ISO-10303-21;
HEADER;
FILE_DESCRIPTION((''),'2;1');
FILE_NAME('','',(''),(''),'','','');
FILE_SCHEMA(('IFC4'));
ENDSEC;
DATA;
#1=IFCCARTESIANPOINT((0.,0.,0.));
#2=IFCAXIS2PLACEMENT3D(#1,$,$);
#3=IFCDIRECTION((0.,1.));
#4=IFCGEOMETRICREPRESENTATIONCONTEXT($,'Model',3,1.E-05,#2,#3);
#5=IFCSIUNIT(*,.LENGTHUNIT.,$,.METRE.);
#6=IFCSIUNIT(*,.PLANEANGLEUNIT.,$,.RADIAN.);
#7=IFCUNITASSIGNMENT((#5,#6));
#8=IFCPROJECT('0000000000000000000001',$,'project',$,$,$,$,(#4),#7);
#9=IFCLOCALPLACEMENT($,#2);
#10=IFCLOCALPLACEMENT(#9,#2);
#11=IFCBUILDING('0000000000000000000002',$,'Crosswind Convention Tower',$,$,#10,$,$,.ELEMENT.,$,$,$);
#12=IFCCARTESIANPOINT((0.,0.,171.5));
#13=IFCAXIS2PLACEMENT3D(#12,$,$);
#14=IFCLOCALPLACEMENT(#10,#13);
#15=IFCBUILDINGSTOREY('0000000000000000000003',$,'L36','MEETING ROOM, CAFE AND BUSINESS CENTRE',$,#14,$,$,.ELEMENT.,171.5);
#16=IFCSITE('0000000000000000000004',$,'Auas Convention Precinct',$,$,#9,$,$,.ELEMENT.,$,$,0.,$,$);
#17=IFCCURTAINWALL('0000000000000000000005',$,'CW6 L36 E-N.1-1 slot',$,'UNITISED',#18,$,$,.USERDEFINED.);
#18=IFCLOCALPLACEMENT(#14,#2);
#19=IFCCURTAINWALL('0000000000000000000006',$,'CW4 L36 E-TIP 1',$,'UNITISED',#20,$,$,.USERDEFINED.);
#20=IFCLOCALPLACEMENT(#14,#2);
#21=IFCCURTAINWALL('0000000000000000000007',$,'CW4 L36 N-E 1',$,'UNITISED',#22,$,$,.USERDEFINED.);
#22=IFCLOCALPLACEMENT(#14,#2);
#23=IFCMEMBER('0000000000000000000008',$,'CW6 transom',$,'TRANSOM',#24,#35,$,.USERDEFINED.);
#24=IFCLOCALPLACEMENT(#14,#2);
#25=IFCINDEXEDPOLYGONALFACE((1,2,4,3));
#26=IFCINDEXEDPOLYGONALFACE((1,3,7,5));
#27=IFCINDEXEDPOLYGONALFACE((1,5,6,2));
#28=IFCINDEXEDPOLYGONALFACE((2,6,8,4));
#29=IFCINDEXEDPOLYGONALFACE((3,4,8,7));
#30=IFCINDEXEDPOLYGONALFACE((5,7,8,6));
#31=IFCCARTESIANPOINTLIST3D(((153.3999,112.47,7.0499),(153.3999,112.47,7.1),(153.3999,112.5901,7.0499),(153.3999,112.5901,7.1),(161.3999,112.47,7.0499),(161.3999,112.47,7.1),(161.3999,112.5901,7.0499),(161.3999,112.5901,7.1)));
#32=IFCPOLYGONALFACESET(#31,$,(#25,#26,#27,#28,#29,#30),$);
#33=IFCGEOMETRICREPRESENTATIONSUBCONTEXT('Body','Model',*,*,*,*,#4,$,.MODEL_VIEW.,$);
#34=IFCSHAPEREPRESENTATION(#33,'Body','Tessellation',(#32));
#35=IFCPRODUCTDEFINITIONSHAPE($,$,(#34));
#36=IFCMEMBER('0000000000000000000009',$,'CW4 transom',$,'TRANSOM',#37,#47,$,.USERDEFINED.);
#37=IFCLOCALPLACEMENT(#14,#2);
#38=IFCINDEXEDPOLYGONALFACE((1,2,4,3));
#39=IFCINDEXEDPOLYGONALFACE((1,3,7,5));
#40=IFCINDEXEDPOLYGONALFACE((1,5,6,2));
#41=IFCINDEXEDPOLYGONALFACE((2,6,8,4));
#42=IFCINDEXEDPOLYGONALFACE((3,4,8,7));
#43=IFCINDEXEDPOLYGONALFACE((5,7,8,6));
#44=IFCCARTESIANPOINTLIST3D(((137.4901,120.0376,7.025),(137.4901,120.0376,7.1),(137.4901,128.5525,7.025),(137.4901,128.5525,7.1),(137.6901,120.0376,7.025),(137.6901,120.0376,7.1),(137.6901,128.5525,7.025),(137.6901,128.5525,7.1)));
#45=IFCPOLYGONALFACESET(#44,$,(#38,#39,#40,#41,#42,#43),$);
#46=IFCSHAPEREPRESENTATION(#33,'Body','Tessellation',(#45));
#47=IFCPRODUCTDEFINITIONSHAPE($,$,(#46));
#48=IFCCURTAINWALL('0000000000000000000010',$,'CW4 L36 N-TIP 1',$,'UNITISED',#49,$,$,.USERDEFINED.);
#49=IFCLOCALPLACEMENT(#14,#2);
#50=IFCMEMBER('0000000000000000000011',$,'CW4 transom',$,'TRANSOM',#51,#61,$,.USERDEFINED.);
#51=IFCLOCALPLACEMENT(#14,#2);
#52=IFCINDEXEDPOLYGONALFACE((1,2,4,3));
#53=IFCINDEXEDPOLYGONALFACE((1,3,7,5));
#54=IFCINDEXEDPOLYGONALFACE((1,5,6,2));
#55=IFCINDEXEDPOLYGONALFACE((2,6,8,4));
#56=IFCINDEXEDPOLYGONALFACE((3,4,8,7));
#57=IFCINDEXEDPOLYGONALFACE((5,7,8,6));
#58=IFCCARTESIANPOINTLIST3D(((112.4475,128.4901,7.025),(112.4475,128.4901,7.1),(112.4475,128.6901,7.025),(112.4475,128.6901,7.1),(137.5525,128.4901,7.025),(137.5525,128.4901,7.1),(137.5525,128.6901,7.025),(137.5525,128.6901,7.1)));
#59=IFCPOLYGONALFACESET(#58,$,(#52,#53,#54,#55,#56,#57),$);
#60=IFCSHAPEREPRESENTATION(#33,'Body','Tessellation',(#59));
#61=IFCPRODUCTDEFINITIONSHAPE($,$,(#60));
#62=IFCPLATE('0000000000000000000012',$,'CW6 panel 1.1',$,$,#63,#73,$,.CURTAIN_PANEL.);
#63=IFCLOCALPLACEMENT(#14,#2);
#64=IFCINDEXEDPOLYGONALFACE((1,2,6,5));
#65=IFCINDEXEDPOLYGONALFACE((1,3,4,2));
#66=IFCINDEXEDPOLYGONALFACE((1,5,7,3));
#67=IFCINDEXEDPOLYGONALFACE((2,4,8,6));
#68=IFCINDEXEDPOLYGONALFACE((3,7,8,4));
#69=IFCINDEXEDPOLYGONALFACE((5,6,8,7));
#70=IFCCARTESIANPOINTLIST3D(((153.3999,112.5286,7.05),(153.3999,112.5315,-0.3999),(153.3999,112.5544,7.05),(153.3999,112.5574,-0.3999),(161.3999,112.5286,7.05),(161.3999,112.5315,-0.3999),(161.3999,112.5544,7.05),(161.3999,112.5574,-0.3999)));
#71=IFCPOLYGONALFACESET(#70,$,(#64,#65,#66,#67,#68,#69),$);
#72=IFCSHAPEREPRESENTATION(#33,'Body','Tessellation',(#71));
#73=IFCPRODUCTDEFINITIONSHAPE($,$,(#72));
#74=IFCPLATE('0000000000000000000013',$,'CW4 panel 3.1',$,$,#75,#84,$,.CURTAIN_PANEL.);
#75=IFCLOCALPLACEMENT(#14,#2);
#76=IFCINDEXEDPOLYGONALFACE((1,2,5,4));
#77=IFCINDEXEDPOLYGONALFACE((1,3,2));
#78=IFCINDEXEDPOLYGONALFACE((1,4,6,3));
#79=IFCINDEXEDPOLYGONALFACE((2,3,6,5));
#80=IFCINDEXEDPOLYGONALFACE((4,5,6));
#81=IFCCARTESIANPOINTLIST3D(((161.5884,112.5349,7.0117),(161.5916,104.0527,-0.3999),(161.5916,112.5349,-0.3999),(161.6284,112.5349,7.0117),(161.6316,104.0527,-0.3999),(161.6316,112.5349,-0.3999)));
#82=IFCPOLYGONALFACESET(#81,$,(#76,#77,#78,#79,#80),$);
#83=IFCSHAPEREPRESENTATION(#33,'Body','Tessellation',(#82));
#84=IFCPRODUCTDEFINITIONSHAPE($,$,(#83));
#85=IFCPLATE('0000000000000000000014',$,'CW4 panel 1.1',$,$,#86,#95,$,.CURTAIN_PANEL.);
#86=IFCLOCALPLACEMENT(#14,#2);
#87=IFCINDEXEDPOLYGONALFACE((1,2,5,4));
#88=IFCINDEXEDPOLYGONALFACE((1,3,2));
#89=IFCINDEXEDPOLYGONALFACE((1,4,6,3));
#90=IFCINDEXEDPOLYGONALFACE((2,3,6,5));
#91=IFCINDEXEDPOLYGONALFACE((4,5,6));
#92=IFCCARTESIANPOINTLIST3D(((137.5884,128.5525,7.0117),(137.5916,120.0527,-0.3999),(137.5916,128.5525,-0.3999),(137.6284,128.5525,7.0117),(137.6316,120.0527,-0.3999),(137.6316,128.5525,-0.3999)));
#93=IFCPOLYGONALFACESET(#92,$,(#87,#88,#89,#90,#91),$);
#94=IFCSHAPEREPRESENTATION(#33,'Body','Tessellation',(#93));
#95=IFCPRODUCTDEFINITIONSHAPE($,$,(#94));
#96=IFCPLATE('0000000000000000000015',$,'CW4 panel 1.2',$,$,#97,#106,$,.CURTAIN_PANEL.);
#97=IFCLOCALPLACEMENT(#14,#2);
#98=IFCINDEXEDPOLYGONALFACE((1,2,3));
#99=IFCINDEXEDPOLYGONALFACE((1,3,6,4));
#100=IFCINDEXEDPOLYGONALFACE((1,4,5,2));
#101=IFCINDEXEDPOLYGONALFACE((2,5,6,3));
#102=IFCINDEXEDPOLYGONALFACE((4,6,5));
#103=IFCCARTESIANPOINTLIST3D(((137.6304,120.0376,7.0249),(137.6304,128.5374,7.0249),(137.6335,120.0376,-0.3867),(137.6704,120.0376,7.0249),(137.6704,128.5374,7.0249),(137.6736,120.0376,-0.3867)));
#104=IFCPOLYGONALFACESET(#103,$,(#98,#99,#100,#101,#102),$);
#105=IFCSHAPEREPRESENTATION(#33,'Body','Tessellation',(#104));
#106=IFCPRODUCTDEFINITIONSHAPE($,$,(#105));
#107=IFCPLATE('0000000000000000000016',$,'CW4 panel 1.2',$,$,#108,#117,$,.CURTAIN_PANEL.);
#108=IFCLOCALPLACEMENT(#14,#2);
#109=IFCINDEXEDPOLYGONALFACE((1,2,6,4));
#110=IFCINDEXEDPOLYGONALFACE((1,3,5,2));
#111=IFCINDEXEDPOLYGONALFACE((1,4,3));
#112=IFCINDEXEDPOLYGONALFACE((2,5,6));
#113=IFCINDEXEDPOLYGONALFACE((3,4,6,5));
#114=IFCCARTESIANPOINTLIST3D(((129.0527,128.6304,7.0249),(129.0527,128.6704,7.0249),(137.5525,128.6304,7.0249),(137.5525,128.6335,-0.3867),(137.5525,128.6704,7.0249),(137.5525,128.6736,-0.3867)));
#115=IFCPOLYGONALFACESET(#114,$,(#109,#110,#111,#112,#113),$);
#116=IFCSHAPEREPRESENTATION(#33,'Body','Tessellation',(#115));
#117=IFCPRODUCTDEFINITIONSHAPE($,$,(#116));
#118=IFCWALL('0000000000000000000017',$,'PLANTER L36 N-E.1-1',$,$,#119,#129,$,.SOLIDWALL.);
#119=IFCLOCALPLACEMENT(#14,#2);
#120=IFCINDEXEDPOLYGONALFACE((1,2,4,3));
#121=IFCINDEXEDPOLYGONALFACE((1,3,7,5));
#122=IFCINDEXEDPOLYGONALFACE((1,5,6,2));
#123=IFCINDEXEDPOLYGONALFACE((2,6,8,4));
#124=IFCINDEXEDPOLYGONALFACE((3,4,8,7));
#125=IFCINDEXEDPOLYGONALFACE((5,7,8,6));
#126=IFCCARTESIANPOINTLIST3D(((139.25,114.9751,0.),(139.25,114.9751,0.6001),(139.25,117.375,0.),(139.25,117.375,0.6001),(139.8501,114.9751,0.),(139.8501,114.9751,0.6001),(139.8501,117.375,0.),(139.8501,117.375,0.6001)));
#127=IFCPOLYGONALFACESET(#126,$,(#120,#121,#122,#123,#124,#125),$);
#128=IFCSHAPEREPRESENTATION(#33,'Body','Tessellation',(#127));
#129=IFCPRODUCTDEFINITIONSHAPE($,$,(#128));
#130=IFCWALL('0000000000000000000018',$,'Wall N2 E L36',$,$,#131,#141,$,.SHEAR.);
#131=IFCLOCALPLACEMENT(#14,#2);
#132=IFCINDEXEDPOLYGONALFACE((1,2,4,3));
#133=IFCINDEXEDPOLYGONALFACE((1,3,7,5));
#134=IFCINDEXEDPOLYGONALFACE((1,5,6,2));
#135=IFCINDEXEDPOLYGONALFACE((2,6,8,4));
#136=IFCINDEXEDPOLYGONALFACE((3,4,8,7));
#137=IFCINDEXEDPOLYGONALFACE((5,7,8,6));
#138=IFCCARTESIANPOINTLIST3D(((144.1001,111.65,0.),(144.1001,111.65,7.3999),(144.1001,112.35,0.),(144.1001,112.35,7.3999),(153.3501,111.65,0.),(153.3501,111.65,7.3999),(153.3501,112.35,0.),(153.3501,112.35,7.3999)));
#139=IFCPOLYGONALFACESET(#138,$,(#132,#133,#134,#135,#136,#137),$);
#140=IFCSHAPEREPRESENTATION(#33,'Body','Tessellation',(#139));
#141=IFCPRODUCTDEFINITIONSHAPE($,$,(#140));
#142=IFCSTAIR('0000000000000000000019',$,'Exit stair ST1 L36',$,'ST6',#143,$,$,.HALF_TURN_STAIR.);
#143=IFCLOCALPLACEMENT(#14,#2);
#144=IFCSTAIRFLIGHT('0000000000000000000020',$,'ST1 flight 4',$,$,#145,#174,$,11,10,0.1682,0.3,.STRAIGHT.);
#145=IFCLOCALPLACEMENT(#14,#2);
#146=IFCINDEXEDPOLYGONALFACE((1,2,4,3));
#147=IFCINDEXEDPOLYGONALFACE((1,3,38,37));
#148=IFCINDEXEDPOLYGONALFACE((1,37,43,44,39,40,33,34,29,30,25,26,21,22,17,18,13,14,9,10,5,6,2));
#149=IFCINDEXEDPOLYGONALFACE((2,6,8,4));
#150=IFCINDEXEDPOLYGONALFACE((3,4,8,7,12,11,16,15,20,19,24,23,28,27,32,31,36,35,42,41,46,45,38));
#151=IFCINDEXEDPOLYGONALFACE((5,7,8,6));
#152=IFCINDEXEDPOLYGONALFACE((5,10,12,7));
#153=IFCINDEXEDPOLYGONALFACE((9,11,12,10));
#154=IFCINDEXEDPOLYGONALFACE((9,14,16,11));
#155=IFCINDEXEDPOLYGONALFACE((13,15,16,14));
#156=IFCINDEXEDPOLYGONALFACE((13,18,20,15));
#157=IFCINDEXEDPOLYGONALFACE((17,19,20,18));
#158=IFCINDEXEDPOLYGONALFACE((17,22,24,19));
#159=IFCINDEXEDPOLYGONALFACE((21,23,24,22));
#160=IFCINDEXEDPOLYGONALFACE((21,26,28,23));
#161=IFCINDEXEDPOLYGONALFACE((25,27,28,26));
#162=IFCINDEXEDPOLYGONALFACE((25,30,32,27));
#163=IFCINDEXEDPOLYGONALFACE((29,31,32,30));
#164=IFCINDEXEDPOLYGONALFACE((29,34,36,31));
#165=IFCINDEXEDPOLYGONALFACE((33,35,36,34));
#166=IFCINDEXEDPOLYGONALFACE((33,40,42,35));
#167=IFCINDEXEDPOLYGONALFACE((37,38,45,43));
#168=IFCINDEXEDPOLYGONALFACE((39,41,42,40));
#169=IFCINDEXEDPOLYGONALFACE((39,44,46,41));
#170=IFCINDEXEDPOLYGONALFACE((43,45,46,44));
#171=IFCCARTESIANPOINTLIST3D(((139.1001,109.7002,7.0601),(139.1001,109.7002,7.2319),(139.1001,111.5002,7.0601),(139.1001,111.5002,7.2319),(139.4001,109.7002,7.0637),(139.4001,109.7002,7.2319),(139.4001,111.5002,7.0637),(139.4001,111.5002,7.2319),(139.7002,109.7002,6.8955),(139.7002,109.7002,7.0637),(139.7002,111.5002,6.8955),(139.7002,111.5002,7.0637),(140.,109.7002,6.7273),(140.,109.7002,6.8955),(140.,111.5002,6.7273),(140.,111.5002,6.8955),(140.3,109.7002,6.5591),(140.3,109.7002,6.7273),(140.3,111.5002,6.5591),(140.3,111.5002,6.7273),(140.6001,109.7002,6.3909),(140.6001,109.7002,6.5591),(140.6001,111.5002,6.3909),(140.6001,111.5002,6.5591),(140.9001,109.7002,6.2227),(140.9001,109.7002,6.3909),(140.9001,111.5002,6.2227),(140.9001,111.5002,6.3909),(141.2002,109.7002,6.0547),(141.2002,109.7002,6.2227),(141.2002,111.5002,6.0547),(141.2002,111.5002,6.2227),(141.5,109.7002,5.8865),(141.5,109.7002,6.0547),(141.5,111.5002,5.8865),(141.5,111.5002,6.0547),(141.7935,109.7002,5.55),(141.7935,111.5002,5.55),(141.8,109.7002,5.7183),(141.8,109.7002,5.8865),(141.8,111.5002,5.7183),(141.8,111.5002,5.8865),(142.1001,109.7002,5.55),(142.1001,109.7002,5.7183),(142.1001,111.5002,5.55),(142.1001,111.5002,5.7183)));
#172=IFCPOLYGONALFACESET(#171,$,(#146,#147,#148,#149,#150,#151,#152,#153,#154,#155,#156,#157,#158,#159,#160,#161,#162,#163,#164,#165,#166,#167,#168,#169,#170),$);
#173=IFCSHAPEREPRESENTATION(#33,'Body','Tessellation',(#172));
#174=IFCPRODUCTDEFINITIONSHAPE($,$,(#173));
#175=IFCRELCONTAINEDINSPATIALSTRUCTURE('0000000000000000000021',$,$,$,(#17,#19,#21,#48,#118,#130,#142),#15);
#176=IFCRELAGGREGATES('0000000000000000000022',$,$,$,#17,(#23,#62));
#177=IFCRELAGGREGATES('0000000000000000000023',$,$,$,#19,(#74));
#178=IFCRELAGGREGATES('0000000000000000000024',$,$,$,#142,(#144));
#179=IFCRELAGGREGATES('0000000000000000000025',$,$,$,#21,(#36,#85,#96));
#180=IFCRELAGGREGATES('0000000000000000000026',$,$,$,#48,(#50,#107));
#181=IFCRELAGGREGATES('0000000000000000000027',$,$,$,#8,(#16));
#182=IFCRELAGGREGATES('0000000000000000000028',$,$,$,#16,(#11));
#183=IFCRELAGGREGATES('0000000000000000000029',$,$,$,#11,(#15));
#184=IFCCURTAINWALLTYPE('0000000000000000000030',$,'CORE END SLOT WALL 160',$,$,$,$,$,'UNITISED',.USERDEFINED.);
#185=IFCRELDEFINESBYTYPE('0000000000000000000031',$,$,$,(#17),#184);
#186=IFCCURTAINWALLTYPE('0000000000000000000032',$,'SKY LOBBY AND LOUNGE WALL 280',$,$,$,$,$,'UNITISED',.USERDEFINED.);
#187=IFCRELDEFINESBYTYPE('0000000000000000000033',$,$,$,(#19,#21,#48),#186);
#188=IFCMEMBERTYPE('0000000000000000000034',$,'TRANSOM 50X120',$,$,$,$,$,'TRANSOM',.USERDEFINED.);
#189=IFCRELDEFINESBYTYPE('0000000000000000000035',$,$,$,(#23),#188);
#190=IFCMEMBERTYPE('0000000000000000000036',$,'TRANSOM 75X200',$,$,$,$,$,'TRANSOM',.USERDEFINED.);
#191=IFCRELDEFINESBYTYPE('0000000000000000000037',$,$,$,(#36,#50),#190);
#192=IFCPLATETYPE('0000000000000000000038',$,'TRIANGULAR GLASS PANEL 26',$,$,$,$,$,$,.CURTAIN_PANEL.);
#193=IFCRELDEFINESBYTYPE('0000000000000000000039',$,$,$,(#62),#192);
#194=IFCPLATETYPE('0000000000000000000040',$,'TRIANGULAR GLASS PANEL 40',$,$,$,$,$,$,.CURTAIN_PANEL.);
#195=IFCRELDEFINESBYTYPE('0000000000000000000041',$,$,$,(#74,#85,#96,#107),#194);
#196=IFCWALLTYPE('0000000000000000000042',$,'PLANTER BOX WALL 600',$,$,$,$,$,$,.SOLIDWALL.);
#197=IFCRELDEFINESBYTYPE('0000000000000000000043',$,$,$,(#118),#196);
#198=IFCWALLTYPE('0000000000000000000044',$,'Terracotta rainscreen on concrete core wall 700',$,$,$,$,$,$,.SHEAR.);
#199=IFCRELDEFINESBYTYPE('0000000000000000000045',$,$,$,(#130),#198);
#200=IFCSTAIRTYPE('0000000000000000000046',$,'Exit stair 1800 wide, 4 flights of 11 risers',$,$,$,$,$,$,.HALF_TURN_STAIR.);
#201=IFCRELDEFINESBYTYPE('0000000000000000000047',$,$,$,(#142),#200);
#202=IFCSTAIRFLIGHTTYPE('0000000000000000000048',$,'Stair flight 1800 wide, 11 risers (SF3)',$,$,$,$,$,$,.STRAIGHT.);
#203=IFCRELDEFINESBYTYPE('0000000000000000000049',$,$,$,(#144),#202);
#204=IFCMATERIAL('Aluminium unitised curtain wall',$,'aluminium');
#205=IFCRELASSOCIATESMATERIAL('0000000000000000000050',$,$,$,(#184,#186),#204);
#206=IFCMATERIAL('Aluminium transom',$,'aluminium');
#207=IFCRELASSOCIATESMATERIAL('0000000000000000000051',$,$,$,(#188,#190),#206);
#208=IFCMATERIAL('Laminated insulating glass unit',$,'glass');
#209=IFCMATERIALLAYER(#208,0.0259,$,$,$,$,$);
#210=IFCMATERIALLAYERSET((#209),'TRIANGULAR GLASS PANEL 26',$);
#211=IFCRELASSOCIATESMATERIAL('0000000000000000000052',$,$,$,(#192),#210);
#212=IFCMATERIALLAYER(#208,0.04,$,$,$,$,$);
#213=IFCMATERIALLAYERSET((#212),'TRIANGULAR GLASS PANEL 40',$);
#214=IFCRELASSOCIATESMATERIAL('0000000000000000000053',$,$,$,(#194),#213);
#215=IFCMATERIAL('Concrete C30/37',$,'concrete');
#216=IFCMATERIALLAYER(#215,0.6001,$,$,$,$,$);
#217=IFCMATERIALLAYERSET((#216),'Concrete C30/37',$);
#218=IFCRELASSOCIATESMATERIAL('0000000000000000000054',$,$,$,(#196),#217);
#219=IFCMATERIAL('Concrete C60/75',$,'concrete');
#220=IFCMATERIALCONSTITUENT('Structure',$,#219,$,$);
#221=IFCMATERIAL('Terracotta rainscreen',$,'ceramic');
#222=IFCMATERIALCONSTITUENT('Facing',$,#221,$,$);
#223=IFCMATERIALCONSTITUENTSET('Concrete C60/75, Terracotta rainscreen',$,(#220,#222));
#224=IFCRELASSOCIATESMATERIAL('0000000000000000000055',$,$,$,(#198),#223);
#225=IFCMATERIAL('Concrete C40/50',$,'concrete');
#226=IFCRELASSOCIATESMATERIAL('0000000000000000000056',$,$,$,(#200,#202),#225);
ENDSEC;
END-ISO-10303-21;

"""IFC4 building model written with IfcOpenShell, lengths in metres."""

from ifc_helpers import new_model, si_unit, direction, frame, frame_2d, origin, origin_2d, place, context, subcontext, project, spatial, polyline, rectangle, outline, extrude, material, layer, layer_set, constituent, constituent_set, material_profile, profile_set, type_object, element, aggregate, save


model = new_model("IFC4")

# Units and contexts
model_context = context("Model", 3, precision=1e-05, world=origin(), true_north=direction((0.0, 1.0)))
body_context = subcontext(model_context, "Body", "Model", "MODEL_VIEW")
ifc_project = project(units=[si_unit("LENGTHUNIT", "METRE"), si_unit("PLANEANGLEUNIT", "RADIAN")], contexts=[model_context])

# Site, building, storey
site_placement = place(None, origin())
site = spatial("IfcSite", under=ifc_project, at=site_placement, Name="Auas Convention Precinct", CompositionType="ELEMENT", RefElevation=0.0)
building_placement = place(site_placement, origin())
building = spatial("IfcBuilding", under=site, at=building_placement, Name="Crosswind Convention Tower", CompositionType="ELEMENT")
storey_placement = place(building_placement, frame((0.0, 0.0, 171.5)))
storey = spatial("IfcBuildingStorey", under=building, at=storey_placement, Name="L36", Description="MEETING ROOM, CAFE AND BUSINESS CENTRE", CompositionType="ELEMENT", Elevation=171.5)

# Shared definitions
ifc_material_1 = material(Name="Concrete C60/75", Category="concrete")

# Curtain wall
ifc_material_2 = material(Name="Aluminium unitised curtain wall", Category="aluminium")
curtain_wall_type_1 = type_object("IfcCurtainWallType", Name="CORE END SLOT WALL 160", ElementType="UNITISED", PredefinedType="USERDEFINED", material=ifc_material_2)
curtain_wall_1_placement = place(storey_placement, origin())
curtain_wall_1 = element("IfcCurtainWall", 1, at=curtain_wall_1_placement, inside=storey, type_object=curtain_wall_type_1, Name="CW6 L36 E-N.1-1 slot", ObjectType="UNITISED", PredefinedType="USERDEFINED")

# Curtain wall
curtain_wall_type_2 = type_object("IfcCurtainWallType", Name="SKY LOBBY AND LOUNGE WALL 280", ElementType="UNITISED", PredefinedType="USERDEFINED", material=ifc_material_2)
curtain_wall_2_placement = place(storey_placement, origin())
curtain_wall_2 = element("IfcCurtainWall", 2, at=curtain_wall_2_placement, inside=storey, type_object=curtain_wall_type_2, Name="CW4 L36 E-TIP 1", ObjectType="UNITISED", PredefinedType="USERDEFINED")

# Curtain wall
curtain_wall_3_placement = place(storey_placement, origin())
curtain_wall_3 = element("IfcCurtainWall", 3, at=curtain_wall_3_placement, inside=storey, type_object=curtain_wall_type_2, Name="CW4 L36 N-E 1", ObjectType="UNITISED", PredefinedType="USERDEFINED")

# Members
ifc_material_3 = material(Name="Aluminium transom", Category="aluminium")
ifc_material_profile_1 = material_profile(ifc_material_3, rectangle(XDim=0.1201, YDim=0.05, at=origin_2d()), Name="AL 120X50")
ifc_profile_set_1 = profile_set([ifc_material_profile_1], Name="Aluminium transom")
member_type_1 = type_object("IfcMemberType", Name="TRANSOM 50X120", ElementType="TRANSOM", PredefinedType="USERDEFINED", material=ifc_profile_set_1)
member_1_placement = place(storey_placement, frame((161.3999, 112.53, 7.075), z_axis=(-1.0, 0.0, 0.0), x_axis=(0.0, -1.0, 0.0)))
member_1 = element("IfcMember", 4, at=member_1_placement, type_object=member_type_1, Name="CW6 transom", ObjectType="TRANSOM", PredefinedType="USERDEFINED", context=body_context, shape_type="SweptSolid", body=[
    extrude(rectangle(XDim=0.1201, YDim=0.05, at=origin_2d()), origin(), (0.0, 0.0, 1.0), 8.0),
])
ifc_material_profile_2 = material_profile(ifc_material_3, rectangle(XDim=0.2, YDim=0.075, at=origin_2d()), Name="AL 200X75")
ifc_profile_set_2 = profile_set([ifc_material_profile_2], Name="Aluminium transom")
member_type_2 = type_object("IfcMemberType", Name="TRANSOM 75X200", ElementType="TRANSOM", PredefinedType="USERDEFINED", material=ifc_profile_set_2)
member_2_placement = place(storey_placement, frame((137.5901, 120.0376, 7.0625), z_axis=(0.0, 1.0, 0.0), x_axis=(-1.0, 0.0, 0.0)))
member_2 = element("IfcMember", 5, at=member_2_placement, type_object=member_type_2, Name="CW4 transom", ObjectType="TRANSOM", PredefinedType="USERDEFINED", context=body_context, shape_type="SweptSolid", body=[
    extrude(rectangle(XDim=0.2, YDim=0.075, at=origin_2d()), origin(), (0.0, 0.0, 1.0), 8.5149),
])

# Curtain wall, member
curtain_wall_4_placement = place(storey_placement, origin())
curtain_wall_4 = element("IfcCurtainWall", 6, at=curtain_wall_4_placement, inside=storey, type_object=curtain_wall_type_2, Name="CW4 L36 N-TIP 1", ObjectType="UNITISED", PredefinedType="USERDEFINED")
member_3_placement = place(storey_placement, frame((137.5525, 128.5901, 7.0625), z_axis=(-1.0, 0.0, 0.0), x_axis=(0.0, -1.0, 0.0)))
member_3 = element("IfcMember", 7, at=member_3_placement, type_object=member_type_2, Name="CW4 transom", ObjectType="TRANSOM", PredefinedType="USERDEFINED", context=body_context, shape_type="SweptSolid", body=[
    extrude(rectangle(XDim=0.2, YDim=0.075, at=origin_2d()), origin(), (0.0, 0.0, 1.0), 25.105),
])

# Plates
ifc_material_4 = material(Name="Laminated insulating glass unit", Category="glass")
ifc_layer_1 = layer(ifc_material_4, 0.0259)
ifc_layer_set_1 = layer_set([ifc_layer_1], Name="TRIANGULAR GLASS PANEL 26")
plate_type_1 = type_object("IfcPlateType", Name="TRIANGULAR GLASS PANEL 26", PredefinedType="CURTAIN_PANEL", material=ifc_layer_set_1)
plate_1_placement = place(storey_placement, frame((161.3999, 112.5574, -0.3999), z_axis=(0.0, 1.0, 0.000393), x_axis=(-1.0, 0.0, 0.0)))
plate_1 = element("IfcPlate", 8, at=plate_1_placement, type_object=plate_type_1, Name="CW6 panel 1.1", PredefinedType="CURTAIN_PANEL", context=body_context, shape_type="SweptSolid", body=[
    extrude(outline(polyline([(0.0, 0.0), (8.0, 0.0), (8.0, 7.45), (0.0, 7.45), (0.0, 0.0)])), origin(), (0.0, 0.0, -1.0), 0.0259),
])
aggregate(curtain_wall_1, [member_1, plate_1])
ifc_layer_2 = layer(ifc_material_4, 0.04)
ifc_layer_set_2 = layer_set([ifc_layer_2], Name="TRIANGULAR GLASS PANEL 40")
plate_type_2 = type_object("IfcPlateType", Name="TRIANGULAR GLASS PANEL 40", PredefinedType="CURTAIN_PANEL", material=ifc_layer_set_2)
plate_2_placement = place(storey_placement, frame((161.6316, 112.5349, -0.3999), z_axis=(1.0, 0.0, 0.000428), x_axis=(-0.000428, 0.0, 1.0)))
plate_2 = element("IfcPlate", 9, at=plate_2_placement, type_object=plate_type_2, Name="CW4 panel 3.1", PredefinedType="CURTAIN_PANEL", context=body_context, shape_type="SweptSolid", body=[
    extrude(outline(polyline([(0.0, 0.0), (7.4116, 0.0), (0.0, 8.4822), (0.0, 0.0)])), origin(), (0.0, 0.0, -1.0), 0.04),
])
aggregate(curtain_wall_2, [plate_2])
plate_3_placement = place(storey_placement, frame((137.6316, 128.5525, -0.3999), z_axis=(1.0, 0.0, 0.000428), x_axis=(-0.000428, 0.0, 1.0)))
plate_3 = element("IfcPlate", 10, at=plate_3_placement, type_object=plate_type_2, Name="CW4 panel 1.1", PredefinedType="CURTAIN_PANEL", context=body_context, shape_type="SweptSolid", body=[
    extrude(outline(polyline([(0.0, 0.0), (7.4116, 0.0), (0.0, 8.4998), (0.0, 0.0)])), origin(), (0.0, 0.0, -1.0), 0.04),
])
plate_4_placement = place(storey_placement, frame((137.6704, 120.0376, 7.0249), z_axis=(1.0, 0.0, 0.000428), x_axis=(0.000428, 0.0, -1.0)))
plate_4 = element("IfcPlate", 11, at=plate_4_placement, type_object=plate_type_2, Name="CW4 panel 1.2", PredefinedType="CURTAIN_PANEL", context=body_context, shape_type="SweptSolid", body=[
    extrude(outline(polyline([(0.0, 0.0), (7.4116, 0.0), (0.0, 8.4998), (0.0, 0.0)])), origin(), (0.0, 0.0, -1.0), 0.04),
])
plate_5_placement = place(storey_placement, frame((137.5525, 128.6704, 7.0249), z_axis=(0.0, 1.0, 0.000428), x_axis=(0.0, 0.000428, -1.0)))
plate_5 = element("IfcPlate", 12, at=plate_5_placement, type_object=plate_type_2, Name="CW4 panel 1.2", PredefinedType="CURTAIN_PANEL", context=body_context, shape_type="SweptSolid", body=[
    extrude(outline(polyline([(0.0, 0.0), (7.4116, 0.0), (0.0, 8.4998), (0.0, 0.0)])), origin(), (0.0, 0.0, -1.0), 0.04),
])

# Walls
ifc_material_5 = material(Name="Concrete C30/37", Category="concrete")
ifc_layer_3 = layer(ifc_material_5, 0.6001)
ifc_layer_set_3 = layer_set([ifc_layer_3], Name="Concrete C30/37")
wall_type_1 = type_object("IfcWallType", Name="PLANTER BOX WALL 600", PredefinedType="SOLIDWALL", material=ifc_layer_set_3)
wall_1_placement = place(storey_placement, frame((139.55, 114.9751, 0.0), z_axis=(0.0, 0.0, 1.0), x_axis=(0.0, 1.0, 0.0)))
element("IfcWall", 13, at=wall_1_placement, inside=storey, type_object=wall_type_1, Name="PLANTER L36 N-E.1-1", PredefinedType="SOLIDWALL", context=body_context, shape_type="SweptSolid", body=[
    extrude(rectangle(XDim=2.3999, YDim=0.6001, at=frame_2d((1.2, 0.0))), origin(), (0.0, 0.0, 1.0), 0.6001),
])
ifc_constituent_1 = constituent(ifc_material_1, Name="Structure")
ifc_material_6 = material(Name="Terracotta rainscreen", Category="ceramic")
ifc_constituent_2 = constituent(ifc_material_6, Name="Facing")
ifc_constituent_set = constituent_set(constituents=[ifc_constituent_1, ifc_constituent_2], Name="Concrete C60/75, Terracotta rainscreen")
wall_type_2 = type_object("IfcWallType", Name="Terracotta rainscreen on concrete core wall 700", PredefinedType="SHEAR", material=ifc_constituent_set)
wall_2_placement = place(storey_placement, frame((144.1001, 112.0, 0.0), z_axis=(0.0, 0.0, 1.0), x_axis=(1.0, 0.0, 0.0)))
element("IfcWall", 14, at=wall_2_placement, inside=storey, type_object=wall_type_2, Name="Wall N2 E L36", PredefinedType="SHEAR", context=body_context, shape_type="SweptSolid", body=[
    extrude(rectangle(XDim=9.25, YDim=0.7, at=frame_2d((4.625, 0.0))), origin(), (0.0, 0.0, 1.0), 7.3999),
])

# Stair, stair flight
ifc_material_7 = material(Name="Concrete C40/50", Category="concrete")
stair_type = type_object("IfcStairType", Name="Exit stair 1800 wide, 4 flights of 11 risers", PredefinedType="HALF_TURN_STAIR", material=ifc_material_7)
stair_placement = place(storey_placement, origin())
stair = element("IfcStair", 15, at=stair_placement, inside=storey, type_object=stair_type, Name="Exit stair ST1 L36", ObjectType="ST6", PredefinedType="HALF_TURN_STAIR")
stair_flight_type = type_object("IfcStairFlightType", Name="Stair flight 1800 wide, 11 risers (SF3)", PredefinedType="STRAIGHT", material=ifc_material_7)
stair_flight_placement = place(storey_placement, frame((142.1001, 110.6001, 5.55), z_axis=(0.0, 0.0, 1.0), x_axis=(-1.0, 0.0, 0.0)))
stair_flight = element("IfcStairFlight", 16, at=stair_flight_placement, type_object=stair_flight_type, Name="ST1 flight 4", NumberOfRisers=11, NumberOfTreads=10, PredefinedType="STRAIGHT", RiserHeight=0.1682, TreadLength=0.3, context=body_context, shape_type="SweptSolid", body=[
    extrude(outline(polyline([(0.0, 0.0), (0.0, 0.1682), (0.3, 0.1682), (0.3, 0.3364), (0.6001, 0.3364), (0.6001, 0.5046), (0.8999, 0.5046), (0.8999, 0.6726), (1.2, 0.6726), (1.2, 0.8408), (1.5, 0.8408), (1.5, 1.009), (1.8, 1.009), (1.8, 1.1772), (2.1001, 1.1772), (2.1001, 1.3455), (2.3999, 1.3455), (2.3999, 1.5137), (2.7, 1.5137), (2.7, 1.6819), (3.0, 1.6819), (3.0, 1.8501), (3.0, 1.51), (0.3066, 0.0), (0.0, 0.0)])), frame((0.0, 0.8999, 0.0), z_axis=(0.0, -1.0, 0.0), x_axis=(1.0, 0.0, 0.0)), (0.0, 0.0, 1.0), 1.8),
])
aggregate(stair, [stair_flight])

aggregate(curtain_wall_3, [member_2, plate_3, plate_4])
aggregate(curtain_wall_4, [member_3, plate_5])

save(model, "model.ifc")
